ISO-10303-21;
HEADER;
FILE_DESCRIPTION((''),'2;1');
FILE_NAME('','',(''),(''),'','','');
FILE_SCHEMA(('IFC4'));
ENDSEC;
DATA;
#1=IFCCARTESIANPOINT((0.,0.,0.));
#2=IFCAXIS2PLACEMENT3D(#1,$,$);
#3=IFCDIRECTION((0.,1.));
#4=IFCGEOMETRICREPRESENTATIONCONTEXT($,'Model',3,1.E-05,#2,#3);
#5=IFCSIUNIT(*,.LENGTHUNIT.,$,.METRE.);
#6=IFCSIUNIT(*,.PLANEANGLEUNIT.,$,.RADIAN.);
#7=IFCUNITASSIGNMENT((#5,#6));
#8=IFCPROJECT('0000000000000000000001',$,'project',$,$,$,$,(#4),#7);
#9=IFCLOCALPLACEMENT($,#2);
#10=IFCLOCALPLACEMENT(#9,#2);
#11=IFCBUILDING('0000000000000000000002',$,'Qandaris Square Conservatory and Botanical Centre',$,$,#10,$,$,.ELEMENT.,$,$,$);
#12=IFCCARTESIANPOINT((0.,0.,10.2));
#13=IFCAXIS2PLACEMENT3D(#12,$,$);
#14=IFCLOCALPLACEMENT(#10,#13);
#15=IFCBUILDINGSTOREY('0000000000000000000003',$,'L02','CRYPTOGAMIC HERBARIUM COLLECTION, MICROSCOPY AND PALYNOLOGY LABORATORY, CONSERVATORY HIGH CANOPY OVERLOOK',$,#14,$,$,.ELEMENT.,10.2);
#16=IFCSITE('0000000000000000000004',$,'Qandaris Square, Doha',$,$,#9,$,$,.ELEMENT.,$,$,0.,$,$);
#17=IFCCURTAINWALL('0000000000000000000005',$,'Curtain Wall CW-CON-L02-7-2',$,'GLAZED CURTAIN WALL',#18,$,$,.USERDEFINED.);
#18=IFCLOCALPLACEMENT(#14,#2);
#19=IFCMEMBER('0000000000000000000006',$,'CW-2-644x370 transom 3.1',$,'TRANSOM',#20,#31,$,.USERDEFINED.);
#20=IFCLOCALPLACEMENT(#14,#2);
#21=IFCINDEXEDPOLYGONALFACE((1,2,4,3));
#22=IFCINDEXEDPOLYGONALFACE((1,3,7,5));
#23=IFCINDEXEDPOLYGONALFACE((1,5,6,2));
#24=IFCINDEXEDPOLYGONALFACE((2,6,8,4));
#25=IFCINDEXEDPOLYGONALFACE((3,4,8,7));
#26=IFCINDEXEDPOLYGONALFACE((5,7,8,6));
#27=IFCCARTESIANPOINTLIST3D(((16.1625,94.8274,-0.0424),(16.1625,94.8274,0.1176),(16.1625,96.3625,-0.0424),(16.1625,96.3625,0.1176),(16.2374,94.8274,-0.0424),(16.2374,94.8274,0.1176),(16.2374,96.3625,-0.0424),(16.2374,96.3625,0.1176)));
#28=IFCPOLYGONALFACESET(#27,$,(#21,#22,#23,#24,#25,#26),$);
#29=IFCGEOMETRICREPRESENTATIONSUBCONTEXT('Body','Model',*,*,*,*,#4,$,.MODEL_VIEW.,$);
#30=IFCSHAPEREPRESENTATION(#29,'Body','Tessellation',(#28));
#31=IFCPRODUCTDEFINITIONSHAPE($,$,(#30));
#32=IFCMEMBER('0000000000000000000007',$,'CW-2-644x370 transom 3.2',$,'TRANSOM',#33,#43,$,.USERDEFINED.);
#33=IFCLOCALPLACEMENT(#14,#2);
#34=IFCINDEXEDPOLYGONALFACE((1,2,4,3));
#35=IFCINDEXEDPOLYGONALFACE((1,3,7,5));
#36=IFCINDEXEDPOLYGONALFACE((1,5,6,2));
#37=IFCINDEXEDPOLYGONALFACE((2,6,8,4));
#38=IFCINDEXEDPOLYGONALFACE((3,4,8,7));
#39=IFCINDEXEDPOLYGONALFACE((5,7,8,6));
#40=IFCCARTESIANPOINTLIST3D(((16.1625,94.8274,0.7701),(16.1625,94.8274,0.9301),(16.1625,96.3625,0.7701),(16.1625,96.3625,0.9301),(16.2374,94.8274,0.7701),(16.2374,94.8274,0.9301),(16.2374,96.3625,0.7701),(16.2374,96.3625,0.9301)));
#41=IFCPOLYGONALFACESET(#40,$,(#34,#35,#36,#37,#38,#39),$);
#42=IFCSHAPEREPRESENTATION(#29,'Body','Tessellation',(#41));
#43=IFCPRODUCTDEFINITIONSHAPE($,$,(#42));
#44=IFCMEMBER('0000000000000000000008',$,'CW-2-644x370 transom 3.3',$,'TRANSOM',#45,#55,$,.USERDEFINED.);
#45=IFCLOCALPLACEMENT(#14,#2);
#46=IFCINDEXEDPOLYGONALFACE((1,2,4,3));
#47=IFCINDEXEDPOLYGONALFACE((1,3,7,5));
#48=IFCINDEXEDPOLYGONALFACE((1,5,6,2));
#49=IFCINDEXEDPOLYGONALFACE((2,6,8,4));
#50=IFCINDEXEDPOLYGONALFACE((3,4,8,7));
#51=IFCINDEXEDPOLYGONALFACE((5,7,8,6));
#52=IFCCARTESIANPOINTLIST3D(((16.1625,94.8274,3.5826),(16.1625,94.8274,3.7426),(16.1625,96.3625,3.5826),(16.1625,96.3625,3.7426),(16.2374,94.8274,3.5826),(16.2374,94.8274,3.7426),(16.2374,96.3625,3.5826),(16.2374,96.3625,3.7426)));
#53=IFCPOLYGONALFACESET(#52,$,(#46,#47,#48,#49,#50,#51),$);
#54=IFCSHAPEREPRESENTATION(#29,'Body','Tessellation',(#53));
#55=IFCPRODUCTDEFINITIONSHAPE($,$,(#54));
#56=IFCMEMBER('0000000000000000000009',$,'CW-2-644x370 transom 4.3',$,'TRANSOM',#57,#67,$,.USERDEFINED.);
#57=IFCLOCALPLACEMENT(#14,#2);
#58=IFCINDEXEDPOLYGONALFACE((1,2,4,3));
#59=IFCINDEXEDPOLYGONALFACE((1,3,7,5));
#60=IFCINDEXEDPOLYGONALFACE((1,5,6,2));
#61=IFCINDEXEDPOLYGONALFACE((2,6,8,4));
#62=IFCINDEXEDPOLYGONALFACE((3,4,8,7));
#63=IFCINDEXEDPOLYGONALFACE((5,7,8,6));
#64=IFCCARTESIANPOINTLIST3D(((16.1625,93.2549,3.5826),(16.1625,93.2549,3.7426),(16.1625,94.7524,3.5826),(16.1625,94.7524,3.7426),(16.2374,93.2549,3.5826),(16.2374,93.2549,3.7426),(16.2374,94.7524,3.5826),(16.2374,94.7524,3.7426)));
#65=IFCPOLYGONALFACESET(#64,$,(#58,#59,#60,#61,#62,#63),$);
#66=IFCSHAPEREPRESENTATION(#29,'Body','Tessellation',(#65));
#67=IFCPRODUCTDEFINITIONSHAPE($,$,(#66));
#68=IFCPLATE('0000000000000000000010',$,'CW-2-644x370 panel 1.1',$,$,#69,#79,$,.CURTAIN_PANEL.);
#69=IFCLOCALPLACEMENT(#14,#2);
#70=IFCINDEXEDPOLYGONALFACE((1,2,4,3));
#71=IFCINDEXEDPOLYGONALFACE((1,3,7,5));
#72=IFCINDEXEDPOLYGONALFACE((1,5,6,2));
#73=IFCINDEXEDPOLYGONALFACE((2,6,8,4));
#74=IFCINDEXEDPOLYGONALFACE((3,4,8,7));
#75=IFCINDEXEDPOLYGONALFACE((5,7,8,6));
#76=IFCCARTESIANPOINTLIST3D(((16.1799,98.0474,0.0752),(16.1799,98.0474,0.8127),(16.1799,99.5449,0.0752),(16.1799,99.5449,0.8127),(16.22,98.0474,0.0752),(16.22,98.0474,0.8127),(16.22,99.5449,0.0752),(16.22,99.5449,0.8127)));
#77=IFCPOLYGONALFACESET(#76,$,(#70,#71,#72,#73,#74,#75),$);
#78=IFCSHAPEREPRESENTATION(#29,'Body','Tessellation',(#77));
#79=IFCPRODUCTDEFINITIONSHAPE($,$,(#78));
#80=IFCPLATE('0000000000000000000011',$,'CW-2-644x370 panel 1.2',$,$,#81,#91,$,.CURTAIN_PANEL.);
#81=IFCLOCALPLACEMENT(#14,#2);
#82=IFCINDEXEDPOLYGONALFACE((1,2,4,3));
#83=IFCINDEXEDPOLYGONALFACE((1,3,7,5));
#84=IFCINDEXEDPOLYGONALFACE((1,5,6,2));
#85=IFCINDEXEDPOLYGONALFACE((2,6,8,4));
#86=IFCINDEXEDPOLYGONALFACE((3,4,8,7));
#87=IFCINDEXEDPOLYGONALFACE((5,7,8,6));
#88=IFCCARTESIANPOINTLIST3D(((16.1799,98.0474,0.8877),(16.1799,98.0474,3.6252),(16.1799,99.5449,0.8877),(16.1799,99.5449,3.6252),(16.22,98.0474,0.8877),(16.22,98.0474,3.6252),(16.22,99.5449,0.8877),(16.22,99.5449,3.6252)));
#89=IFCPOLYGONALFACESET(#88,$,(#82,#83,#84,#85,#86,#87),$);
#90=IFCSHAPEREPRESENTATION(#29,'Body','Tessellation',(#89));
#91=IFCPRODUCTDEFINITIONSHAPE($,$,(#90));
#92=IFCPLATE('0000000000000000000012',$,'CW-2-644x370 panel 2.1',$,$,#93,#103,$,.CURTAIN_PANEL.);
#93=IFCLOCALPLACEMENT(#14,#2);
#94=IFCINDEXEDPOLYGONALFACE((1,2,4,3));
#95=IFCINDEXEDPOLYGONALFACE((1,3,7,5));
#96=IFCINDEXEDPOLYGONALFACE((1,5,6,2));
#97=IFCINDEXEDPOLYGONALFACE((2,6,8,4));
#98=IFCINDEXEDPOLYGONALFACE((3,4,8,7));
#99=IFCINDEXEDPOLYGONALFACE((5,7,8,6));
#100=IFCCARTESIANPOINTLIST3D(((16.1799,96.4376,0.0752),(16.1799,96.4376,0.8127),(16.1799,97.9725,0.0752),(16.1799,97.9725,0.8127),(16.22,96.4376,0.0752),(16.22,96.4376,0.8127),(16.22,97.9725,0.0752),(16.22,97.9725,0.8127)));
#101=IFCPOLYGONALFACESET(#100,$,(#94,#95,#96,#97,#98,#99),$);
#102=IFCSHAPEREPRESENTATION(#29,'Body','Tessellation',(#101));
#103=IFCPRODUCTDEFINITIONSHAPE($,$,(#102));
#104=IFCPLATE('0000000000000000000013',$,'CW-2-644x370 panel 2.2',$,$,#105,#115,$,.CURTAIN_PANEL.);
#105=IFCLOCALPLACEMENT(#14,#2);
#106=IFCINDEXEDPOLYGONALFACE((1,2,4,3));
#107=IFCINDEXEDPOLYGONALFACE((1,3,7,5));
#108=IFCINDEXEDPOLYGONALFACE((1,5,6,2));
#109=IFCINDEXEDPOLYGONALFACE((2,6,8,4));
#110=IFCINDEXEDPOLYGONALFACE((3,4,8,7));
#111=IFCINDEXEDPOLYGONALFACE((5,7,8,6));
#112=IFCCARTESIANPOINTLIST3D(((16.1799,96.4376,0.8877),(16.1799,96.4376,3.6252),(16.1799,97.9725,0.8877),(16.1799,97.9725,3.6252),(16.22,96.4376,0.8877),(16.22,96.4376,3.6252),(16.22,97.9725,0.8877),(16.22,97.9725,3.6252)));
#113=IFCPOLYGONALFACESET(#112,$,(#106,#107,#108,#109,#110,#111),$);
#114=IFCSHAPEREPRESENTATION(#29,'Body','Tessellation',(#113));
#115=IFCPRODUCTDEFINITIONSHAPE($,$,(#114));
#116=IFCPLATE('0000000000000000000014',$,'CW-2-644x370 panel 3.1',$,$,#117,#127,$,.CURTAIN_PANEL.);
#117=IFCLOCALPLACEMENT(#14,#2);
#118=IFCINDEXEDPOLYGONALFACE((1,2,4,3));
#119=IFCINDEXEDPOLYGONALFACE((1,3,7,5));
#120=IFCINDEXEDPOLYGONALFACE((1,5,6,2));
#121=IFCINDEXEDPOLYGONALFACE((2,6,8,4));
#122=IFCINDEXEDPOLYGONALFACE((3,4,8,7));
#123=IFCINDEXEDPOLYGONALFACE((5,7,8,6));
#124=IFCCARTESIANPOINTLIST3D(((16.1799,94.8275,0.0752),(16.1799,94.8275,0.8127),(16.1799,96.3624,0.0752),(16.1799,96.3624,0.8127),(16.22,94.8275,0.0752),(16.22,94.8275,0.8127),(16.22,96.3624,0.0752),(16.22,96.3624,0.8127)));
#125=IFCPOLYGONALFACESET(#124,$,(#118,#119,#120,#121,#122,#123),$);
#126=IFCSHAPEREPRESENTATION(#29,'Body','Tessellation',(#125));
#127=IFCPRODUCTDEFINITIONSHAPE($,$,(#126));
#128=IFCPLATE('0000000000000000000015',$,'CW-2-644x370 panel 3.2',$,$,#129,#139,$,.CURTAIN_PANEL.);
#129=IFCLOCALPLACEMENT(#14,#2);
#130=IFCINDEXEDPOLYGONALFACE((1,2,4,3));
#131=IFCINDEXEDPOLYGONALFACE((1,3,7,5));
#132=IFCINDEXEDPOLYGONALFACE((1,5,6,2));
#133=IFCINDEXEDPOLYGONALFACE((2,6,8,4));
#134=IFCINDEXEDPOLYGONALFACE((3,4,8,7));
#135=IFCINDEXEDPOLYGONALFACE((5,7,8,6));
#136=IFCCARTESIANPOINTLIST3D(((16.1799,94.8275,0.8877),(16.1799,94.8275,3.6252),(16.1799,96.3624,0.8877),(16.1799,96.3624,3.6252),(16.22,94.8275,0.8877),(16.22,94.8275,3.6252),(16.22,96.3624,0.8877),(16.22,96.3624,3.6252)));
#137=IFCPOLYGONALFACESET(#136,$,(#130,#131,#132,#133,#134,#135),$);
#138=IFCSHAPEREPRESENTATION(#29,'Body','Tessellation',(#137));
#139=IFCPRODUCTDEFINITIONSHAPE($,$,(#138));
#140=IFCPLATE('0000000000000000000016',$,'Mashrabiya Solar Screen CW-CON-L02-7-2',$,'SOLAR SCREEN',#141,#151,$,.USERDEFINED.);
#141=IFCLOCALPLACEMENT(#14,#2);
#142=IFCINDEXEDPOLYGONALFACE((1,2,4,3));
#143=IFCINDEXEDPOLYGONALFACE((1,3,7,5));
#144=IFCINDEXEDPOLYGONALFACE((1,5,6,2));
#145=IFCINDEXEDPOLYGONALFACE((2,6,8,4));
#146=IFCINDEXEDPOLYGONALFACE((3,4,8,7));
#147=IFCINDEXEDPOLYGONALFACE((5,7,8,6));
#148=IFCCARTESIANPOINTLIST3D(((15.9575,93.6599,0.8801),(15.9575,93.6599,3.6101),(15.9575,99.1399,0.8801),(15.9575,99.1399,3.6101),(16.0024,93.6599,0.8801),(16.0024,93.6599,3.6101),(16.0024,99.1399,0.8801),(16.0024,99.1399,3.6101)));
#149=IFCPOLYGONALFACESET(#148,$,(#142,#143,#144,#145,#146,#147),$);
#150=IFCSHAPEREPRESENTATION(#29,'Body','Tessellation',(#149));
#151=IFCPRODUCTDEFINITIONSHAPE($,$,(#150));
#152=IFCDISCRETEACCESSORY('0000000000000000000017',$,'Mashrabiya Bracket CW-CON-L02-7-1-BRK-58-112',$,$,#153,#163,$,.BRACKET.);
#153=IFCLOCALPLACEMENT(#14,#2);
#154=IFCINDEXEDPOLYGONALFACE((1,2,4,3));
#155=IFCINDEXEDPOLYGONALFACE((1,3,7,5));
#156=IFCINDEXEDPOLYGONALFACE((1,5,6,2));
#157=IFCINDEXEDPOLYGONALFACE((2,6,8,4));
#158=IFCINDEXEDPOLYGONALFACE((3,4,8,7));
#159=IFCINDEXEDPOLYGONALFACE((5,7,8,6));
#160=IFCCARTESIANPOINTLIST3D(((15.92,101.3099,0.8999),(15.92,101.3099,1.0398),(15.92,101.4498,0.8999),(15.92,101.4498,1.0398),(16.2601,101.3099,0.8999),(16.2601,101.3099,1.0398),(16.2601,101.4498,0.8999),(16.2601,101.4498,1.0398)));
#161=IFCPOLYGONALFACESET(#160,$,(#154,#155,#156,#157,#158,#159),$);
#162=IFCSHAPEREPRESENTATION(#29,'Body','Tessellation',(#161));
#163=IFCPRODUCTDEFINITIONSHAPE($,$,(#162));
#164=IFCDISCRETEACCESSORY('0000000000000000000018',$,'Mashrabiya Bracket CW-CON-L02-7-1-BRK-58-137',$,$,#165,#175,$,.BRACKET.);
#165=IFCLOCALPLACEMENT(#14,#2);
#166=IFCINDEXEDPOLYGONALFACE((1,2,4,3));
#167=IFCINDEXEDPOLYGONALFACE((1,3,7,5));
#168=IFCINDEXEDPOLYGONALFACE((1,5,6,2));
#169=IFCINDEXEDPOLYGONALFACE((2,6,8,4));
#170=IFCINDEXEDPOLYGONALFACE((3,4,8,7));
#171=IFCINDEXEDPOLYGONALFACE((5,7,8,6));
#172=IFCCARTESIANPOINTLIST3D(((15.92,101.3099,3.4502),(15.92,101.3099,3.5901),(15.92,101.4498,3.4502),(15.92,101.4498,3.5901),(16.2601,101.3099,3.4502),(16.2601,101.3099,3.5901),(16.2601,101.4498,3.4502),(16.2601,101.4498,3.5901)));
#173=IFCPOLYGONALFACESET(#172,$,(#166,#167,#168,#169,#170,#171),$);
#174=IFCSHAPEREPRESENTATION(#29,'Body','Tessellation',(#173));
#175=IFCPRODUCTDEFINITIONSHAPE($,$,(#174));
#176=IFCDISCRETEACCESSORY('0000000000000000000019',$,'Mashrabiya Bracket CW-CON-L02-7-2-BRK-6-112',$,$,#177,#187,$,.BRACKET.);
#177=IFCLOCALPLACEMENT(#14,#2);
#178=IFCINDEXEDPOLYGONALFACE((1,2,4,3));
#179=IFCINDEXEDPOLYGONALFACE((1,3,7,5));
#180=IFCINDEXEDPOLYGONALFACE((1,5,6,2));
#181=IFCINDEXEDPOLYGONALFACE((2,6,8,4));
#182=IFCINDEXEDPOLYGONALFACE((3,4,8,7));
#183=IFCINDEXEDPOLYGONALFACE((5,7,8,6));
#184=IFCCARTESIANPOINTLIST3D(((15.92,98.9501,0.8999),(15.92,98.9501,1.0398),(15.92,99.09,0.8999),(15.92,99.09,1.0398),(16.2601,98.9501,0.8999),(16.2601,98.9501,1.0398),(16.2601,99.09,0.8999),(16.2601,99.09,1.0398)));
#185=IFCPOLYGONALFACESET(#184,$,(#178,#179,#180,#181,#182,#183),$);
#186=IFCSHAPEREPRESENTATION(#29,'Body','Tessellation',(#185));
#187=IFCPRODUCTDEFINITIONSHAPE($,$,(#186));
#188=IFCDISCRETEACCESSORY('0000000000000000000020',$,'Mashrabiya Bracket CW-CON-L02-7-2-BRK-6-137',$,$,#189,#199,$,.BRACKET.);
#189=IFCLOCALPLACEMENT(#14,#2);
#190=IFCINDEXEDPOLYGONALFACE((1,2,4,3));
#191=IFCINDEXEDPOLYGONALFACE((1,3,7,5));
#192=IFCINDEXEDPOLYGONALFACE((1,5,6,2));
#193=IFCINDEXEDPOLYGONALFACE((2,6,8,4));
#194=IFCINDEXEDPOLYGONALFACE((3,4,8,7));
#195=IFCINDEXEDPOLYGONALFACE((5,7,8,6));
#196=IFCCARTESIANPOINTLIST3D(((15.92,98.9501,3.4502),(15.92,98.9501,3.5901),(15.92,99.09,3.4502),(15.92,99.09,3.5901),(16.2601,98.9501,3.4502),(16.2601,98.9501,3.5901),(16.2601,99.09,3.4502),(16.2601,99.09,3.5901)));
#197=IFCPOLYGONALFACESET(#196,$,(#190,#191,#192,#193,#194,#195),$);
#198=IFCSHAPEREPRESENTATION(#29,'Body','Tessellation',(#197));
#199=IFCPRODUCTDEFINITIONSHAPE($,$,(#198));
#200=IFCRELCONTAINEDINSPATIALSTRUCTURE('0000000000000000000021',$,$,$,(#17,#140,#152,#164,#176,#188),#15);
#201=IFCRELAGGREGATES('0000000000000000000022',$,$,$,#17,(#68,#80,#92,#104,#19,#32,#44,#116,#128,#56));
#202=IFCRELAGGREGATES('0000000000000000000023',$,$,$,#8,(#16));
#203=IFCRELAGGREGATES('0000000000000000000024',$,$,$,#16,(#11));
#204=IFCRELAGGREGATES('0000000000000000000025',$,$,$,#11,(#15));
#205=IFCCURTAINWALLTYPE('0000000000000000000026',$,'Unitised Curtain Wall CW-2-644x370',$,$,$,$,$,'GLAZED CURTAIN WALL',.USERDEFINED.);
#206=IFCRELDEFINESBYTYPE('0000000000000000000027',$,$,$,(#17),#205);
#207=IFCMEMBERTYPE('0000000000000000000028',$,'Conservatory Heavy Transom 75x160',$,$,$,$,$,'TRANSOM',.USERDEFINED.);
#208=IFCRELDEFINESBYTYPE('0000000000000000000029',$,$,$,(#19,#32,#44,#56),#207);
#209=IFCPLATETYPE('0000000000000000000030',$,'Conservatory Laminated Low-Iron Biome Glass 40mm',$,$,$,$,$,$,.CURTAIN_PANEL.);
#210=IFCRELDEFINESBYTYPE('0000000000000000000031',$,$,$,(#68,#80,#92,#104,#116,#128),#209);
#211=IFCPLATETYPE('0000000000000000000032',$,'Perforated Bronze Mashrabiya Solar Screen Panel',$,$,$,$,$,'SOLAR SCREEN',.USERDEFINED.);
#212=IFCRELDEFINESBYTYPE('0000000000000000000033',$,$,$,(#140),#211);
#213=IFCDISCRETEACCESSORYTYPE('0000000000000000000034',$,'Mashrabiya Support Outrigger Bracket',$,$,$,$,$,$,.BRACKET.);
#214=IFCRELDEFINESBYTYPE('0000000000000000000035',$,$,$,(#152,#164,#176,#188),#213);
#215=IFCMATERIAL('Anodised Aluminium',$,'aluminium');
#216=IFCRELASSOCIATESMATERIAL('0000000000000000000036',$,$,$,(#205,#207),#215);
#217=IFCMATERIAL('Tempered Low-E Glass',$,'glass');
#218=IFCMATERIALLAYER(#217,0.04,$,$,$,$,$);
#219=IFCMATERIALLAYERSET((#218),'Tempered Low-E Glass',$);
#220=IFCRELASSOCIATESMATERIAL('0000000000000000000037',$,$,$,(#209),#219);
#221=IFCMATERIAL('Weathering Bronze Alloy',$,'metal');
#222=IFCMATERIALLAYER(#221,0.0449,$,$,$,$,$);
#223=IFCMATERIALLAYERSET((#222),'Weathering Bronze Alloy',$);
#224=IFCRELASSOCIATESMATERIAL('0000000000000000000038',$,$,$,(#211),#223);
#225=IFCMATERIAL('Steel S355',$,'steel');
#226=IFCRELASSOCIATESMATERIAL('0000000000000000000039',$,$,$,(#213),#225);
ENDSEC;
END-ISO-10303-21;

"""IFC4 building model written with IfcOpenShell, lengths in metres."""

from ifc_helpers import new_model, si_unit, direction, frame, origin, origin_2d, place, context, subcontext, project, spatial, rectangle, extrude, material, layer, layer_set, material_profile, profile_set, type_object, element, aggregate, save


model = new_model("IFC4")

# Units and contexts
model_context = context("Model", 3, precision=1e-05, world=origin(), true_north=direction((0.0, 1.0)))
body_context = subcontext(model_context, "Body", "Model", "MODEL_VIEW")
ifc_project = project(units=[si_unit("LENGTHUNIT", "METRE"), si_unit("PLANEANGLEUNIT", "RADIAN")], contexts=[model_context])

# Site, building, storey
site_placement = place(None, origin())
site = spatial("IfcSite", under=ifc_project, at=site_placement, Name="Qandaris Square, Doha", CompositionType="ELEMENT", RefElevation=0.0)
building_placement = place(site_placement, origin())
building = spatial("IfcBuilding", under=site, at=building_placement, Name="Qandaris Square Conservatory and Botanical Centre", CompositionType="ELEMENT")
storey_placement = place(building_placement, frame((0.0, 0.0, 10.2)))
storey = spatial("IfcBuildingStorey", under=building, at=storey_placement, Name="L02", Description="CRYPTOGAMIC HERBARIUM COLLECTION, MICROSCOPY AND PALYNOLOGY LABORATORY, CONSERVATORY HIGH CANOPY OVERLOOK", CompositionType="ELEMENT", Elevation=10.2)

# Shared definitions
ifc_material_1 = material(Name="Anodised Aluminium", Category="aluminium")
curtain_wall_type = type_object("IfcCurtainWallType", Name="Unitised Curtain Wall CW-2-644x370", ElementType="GLAZED CURTAIN WALL", PredefinedType="USERDEFINED", material=ifc_material_1)

# Curtain wall, members, plates
curtain_wall_1_placement = place(storey_placement, origin())
curtain_wall_1 = element("IfcCurtainWall", 1, at=curtain_wall_1_placement, inside=storey, type_object=curtain_wall_type, Name="Curtain Wall CW-CON-L02-7-2", ObjectType="GLAZED CURTAIN WALL", PredefinedType="USERDEFINED")
ifc_material_profile_1 = material_profile(ifc_material_1, rectangle(XDim=0.075, YDim=0.1599, at=origin_2d()), Name="ALU-TRN 75x160")
ifc_profile_set_1 = profile_set([ifc_material_profile_1], Name="Anodised Aluminium")
member_type_1 = type_object("IfcMemberType", Name="Conservatory Heavy Transom 75x160", ElementType="TRANSOM", PredefinedType="USERDEFINED", material=ifc_profile_set_1)
member_1_placement = place(storey_placement, frame((16.2, 96.3625, 0.0376), z_axis=(0.0, -1.0, 0.0), x_axis=(1.0, 0.0, 0.0)))
member_1 = element("IfcMember", 2, at=member_1_placement, type_object=member_type_1, Name="CW-2-644x370 transom 3.1", ObjectType="TRANSOM", PredefinedType="USERDEFINED", context=body_context, shape_type="SweptSolid", body=[
    extrude(rectangle(XDim=0.075, YDim=0.1599, at=origin_2d()), origin(), (0.0, 0.0, 1.0), 1.5352),
])
member_2_placement = place(storey_placement, frame((16.2, 96.3625, 0.8501), z_axis=(0.0, -1.0, 0.0), x_axis=(1.0, 0.0, 0.0)))
member_2 = element("IfcMember", 3, at=member_2_placement, type_object=member_type_1, Name="CW-2-644x370 transom 3.2", ObjectType="TRANSOM", PredefinedType="USERDEFINED", context=body_context, shape_type="SweptSolid", body=[
    extrude(rectangle(XDim=0.075, YDim=0.1599, at=origin_2d()), origin(), (0.0, 0.0, 1.0), 1.5352),
])
member_3_placement = place(storey_placement, frame((16.2, 96.3625, 3.6626), z_axis=(0.0, -1.0, 0.0), x_axis=(1.0, 0.0, 0.0)))
member_3 = element("IfcMember", 4, at=member_3_placement, type_object=member_type_1, Name="CW-2-644x370 transom 3.3", ObjectType="TRANSOM", PredefinedType="USERDEFINED", context=body_context, shape_type="SweptSolid", body=[
    extrude(rectangle(XDim=0.075, YDim=0.1599, at=origin_2d()), origin(), (0.0, 0.0, 1.0), 1.5352),
])
member_4_placement = place(storey_placement, frame((16.2, 94.7524, 3.6626), z_axis=(0.0, -1.0, 0.0), x_axis=(1.0, 0.0, 0.0)))
member_4 = element("IfcMember", 5, at=member_4_placement, type_object=member_type_1, Name="CW-2-644x370 transom 4.3", ObjectType="TRANSOM", PredefinedType="USERDEFINED", context=body_context, shape_type="SweptSolid", body=[
    extrude(rectangle(XDim=0.075, YDim=0.1599, at=origin_2d()), origin(), (0.0, 0.0, 1.0), 1.4976),
])
ifc_material_2 = material(Name="Tempered Low-E Glass", Category="glass")
ifc_layer_1 = layer(ifc_material_2, 0.04)
ifc_layer_set_1 = layer_set([ifc_layer_1], Name="Tempered Low-E Glass")
plate_type_1 = type_object("IfcPlateType", Name="Conservatory Laminated Low-Iron Biome Glass 40mm", PredefinedType="CURTAIN_PANEL", material=ifc_layer_set_1)
plate_1_placement = place(storey_placement, frame((16.2, 98.7961, 0.0752), z_axis=(0.0, 0.0, 1.0), x_axis=(0.0, -1.0, 0.0)))
plate_1 = element("IfcPlate", 6, at=plate_1_placement, type_object=plate_type_1, Name="CW-2-644x370 panel 1.1", PredefinedType="CURTAIN_PANEL", context=body_context, shape_type="SweptSolid", body=[
    extrude(rectangle(XDim=1.4976, YDim=0.04, at=origin_2d()), origin(), (0.0, 0.0, 1.0), 0.7375),
])
plate_2_placement = place(storey_placement, frame((16.2, 98.7961, 0.8877), z_axis=(0.0, 0.0, 1.0), x_axis=(0.0, -1.0, 0.0)))
plate_2 = element("IfcPlate", 7, at=plate_2_placement, type_object=plate_type_1, Name="CW-2-644x370 panel 1.2", PredefinedType="CURTAIN_PANEL", context=body_context, shape_type="SweptSolid", body=[
    extrude(rectangle(XDim=1.4976, YDim=0.04, at=origin_2d()), origin(), (0.0, 0.0, 1.0), 2.7375),
])
plate_3_placement = place(storey_placement, frame((16.2, 97.2051, 0.0752), z_axis=(0.0, 0.0, 1.0), x_axis=(0.0, -1.0, 0.0)))
plate_3 = element("IfcPlate", 8, at=plate_3_placement, type_object=plate_type_1, Name="CW-2-644x370 panel 2.1", PredefinedType="CURTAIN_PANEL", context=body_context, shape_type="SweptSolid", body=[
    extrude(rectangle(XDim=1.5349, YDim=0.04, at=origin_2d()), origin(), (0.0, 0.0, 1.0), 0.7375),
])
plate_4_placement = place(storey_placement, frame((16.2, 97.2051, 0.8877), z_axis=(0.0, 0.0, 1.0), x_axis=(0.0, -1.0, 0.0)))
plate_4 = element("IfcPlate", 9, at=plate_4_placement, type_object=plate_type_1, Name="CW-2-644x370 panel 2.2", PredefinedType="CURTAIN_PANEL", context=body_context, shape_type="SweptSolid", body=[
    extrude(rectangle(XDim=1.5349, YDim=0.04, at=origin_2d()), origin(), (0.0, 0.0, 1.0), 2.7375),
])
plate_5_placement = place(storey_placement, frame((16.2, 95.595, 0.0752), z_axis=(0.0, 0.0, 1.0), x_axis=(0.0, -1.0, 0.0)))
plate_5 = element("IfcPlate", 10, at=plate_5_placement, type_object=plate_type_1, Name="CW-2-644x370 panel 3.1", PredefinedType="CURTAIN_PANEL", context=body_context, shape_type="SweptSolid", body=[
    extrude(rectangle(XDim=1.5349, YDim=0.04, at=origin_2d()), origin(), (0.0, 0.0, 1.0), 0.7375),
])
plate_6_placement = place(storey_placement, frame((16.2, 95.595, 0.8877), z_axis=(0.0, 0.0, 1.0), x_axis=(0.0, -1.0, 0.0)))
plate_6 = element("IfcPlate", 11, at=plate_6_placement, type_object=plate_type_1, Name="CW-2-644x370 panel 3.2", PredefinedType="CURTAIN_PANEL", context=body_context, shape_type="SweptSolid", body=[
    extrude(rectangle(XDim=1.5349, YDim=0.04, at=origin_2d()), origin(), (0.0, 0.0, 1.0), 2.7375),
])
aggregate(curtain_wall_1, [plate_1, plate_2, plate_3, plate_4, member_1, member_2, member_3, plate_5, plate_6, member_4])

# Plate
ifc_material_3 = material(Name="Weathering Bronze Alloy", Category="metal")
ifc_layer_2 = layer(ifc_material_3, 0.0449)
ifc_layer_set_2 = layer_set([ifc_layer_2], Name="Weathering Bronze Alloy")
plate_type_2 = type_object("IfcPlateType", Name="Perforated Bronze Mashrabiya Solar Screen Panel", ElementType="SOLAR SCREEN", PredefinedType="USERDEFINED", material=ifc_layer_set_2)
plate_7_placement = place(storey_placement, frame((15.98, 96.3999, 0.8801), z_axis=(0.0, 0.0, 1.0), x_axis=(0.0, -1.0, 0.0)))
element("IfcPlate", 12, at=plate_7_placement, inside=storey, type_object=plate_type_2, Name="Mashrabiya Solar Screen CW-CON-L02-7-2", ObjectType="SOLAR SCREEN", PredefinedType="USERDEFINED", context=body_context, shape_type="SweptSolid", body=[
    extrude(rectangle(XDim=5.48, YDim=0.0449, at=origin_2d()), origin(), (0.0, 0.0, 1.0), 2.73),
])

# Discrete accessories
ifc_material_4 = material(Name="Steel S355", Category="steel")
discrete_accessory_type = type_object("IfcDiscreteAccessoryType", Name="Mashrabiya Support Outrigger Bracket", PredefinedType="BRACKET", material=ifc_material_4)
for number, where, z_axis, x_axis, name in (
    (13, (16.0901, 101.3799, 0.8999), (0.0, 0.0, 1.0), (0.0, -1.0, 0.0), "Mashrabiya Bracket CW-CON-L02-7-1-BRK-58-112"),
    (14, (16.0901, 101.3799, 3.4502), (0.0, 0.0, 1.0), (0.0, -1.0, 0.0), "Mashrabiya Bracket CW-CON-L02-7-1-BRK-58-137"),
    (15, (16.0901, 99.02, 0.8999), (0.0, 0.0, 1.0), (0.0, -1.0, 0.0), "Mashrabiya Bracket CW-CON-L02-7-2-BRK-6-112"),
    (16, (16.0901, 99.02, 3.4502), (0.0, 0.0, 1.0), (0.0, -1.0, 0.0), "Mashrabiya Bracket CW-CON-L02-7-2-BRK-6-137"),
):
    element("IfcDiscreteAccessory", number, at=place(storey_placement, frame(where, z_axis=z_axis, x_axis=x_axis)), inside=storey, type_object=discrete_accessory_type, Name=name, PredefinedType="BRACKET", context=body_context, shape_type="SweptSolid", body=[
        extrude(rectangle(XDim=0.1399, YDim=0.3401, at=origin_2d()), origin(), (0.0, 0.0, 1.0), 0.1399),
    ])

save(model, "model.ifc")
